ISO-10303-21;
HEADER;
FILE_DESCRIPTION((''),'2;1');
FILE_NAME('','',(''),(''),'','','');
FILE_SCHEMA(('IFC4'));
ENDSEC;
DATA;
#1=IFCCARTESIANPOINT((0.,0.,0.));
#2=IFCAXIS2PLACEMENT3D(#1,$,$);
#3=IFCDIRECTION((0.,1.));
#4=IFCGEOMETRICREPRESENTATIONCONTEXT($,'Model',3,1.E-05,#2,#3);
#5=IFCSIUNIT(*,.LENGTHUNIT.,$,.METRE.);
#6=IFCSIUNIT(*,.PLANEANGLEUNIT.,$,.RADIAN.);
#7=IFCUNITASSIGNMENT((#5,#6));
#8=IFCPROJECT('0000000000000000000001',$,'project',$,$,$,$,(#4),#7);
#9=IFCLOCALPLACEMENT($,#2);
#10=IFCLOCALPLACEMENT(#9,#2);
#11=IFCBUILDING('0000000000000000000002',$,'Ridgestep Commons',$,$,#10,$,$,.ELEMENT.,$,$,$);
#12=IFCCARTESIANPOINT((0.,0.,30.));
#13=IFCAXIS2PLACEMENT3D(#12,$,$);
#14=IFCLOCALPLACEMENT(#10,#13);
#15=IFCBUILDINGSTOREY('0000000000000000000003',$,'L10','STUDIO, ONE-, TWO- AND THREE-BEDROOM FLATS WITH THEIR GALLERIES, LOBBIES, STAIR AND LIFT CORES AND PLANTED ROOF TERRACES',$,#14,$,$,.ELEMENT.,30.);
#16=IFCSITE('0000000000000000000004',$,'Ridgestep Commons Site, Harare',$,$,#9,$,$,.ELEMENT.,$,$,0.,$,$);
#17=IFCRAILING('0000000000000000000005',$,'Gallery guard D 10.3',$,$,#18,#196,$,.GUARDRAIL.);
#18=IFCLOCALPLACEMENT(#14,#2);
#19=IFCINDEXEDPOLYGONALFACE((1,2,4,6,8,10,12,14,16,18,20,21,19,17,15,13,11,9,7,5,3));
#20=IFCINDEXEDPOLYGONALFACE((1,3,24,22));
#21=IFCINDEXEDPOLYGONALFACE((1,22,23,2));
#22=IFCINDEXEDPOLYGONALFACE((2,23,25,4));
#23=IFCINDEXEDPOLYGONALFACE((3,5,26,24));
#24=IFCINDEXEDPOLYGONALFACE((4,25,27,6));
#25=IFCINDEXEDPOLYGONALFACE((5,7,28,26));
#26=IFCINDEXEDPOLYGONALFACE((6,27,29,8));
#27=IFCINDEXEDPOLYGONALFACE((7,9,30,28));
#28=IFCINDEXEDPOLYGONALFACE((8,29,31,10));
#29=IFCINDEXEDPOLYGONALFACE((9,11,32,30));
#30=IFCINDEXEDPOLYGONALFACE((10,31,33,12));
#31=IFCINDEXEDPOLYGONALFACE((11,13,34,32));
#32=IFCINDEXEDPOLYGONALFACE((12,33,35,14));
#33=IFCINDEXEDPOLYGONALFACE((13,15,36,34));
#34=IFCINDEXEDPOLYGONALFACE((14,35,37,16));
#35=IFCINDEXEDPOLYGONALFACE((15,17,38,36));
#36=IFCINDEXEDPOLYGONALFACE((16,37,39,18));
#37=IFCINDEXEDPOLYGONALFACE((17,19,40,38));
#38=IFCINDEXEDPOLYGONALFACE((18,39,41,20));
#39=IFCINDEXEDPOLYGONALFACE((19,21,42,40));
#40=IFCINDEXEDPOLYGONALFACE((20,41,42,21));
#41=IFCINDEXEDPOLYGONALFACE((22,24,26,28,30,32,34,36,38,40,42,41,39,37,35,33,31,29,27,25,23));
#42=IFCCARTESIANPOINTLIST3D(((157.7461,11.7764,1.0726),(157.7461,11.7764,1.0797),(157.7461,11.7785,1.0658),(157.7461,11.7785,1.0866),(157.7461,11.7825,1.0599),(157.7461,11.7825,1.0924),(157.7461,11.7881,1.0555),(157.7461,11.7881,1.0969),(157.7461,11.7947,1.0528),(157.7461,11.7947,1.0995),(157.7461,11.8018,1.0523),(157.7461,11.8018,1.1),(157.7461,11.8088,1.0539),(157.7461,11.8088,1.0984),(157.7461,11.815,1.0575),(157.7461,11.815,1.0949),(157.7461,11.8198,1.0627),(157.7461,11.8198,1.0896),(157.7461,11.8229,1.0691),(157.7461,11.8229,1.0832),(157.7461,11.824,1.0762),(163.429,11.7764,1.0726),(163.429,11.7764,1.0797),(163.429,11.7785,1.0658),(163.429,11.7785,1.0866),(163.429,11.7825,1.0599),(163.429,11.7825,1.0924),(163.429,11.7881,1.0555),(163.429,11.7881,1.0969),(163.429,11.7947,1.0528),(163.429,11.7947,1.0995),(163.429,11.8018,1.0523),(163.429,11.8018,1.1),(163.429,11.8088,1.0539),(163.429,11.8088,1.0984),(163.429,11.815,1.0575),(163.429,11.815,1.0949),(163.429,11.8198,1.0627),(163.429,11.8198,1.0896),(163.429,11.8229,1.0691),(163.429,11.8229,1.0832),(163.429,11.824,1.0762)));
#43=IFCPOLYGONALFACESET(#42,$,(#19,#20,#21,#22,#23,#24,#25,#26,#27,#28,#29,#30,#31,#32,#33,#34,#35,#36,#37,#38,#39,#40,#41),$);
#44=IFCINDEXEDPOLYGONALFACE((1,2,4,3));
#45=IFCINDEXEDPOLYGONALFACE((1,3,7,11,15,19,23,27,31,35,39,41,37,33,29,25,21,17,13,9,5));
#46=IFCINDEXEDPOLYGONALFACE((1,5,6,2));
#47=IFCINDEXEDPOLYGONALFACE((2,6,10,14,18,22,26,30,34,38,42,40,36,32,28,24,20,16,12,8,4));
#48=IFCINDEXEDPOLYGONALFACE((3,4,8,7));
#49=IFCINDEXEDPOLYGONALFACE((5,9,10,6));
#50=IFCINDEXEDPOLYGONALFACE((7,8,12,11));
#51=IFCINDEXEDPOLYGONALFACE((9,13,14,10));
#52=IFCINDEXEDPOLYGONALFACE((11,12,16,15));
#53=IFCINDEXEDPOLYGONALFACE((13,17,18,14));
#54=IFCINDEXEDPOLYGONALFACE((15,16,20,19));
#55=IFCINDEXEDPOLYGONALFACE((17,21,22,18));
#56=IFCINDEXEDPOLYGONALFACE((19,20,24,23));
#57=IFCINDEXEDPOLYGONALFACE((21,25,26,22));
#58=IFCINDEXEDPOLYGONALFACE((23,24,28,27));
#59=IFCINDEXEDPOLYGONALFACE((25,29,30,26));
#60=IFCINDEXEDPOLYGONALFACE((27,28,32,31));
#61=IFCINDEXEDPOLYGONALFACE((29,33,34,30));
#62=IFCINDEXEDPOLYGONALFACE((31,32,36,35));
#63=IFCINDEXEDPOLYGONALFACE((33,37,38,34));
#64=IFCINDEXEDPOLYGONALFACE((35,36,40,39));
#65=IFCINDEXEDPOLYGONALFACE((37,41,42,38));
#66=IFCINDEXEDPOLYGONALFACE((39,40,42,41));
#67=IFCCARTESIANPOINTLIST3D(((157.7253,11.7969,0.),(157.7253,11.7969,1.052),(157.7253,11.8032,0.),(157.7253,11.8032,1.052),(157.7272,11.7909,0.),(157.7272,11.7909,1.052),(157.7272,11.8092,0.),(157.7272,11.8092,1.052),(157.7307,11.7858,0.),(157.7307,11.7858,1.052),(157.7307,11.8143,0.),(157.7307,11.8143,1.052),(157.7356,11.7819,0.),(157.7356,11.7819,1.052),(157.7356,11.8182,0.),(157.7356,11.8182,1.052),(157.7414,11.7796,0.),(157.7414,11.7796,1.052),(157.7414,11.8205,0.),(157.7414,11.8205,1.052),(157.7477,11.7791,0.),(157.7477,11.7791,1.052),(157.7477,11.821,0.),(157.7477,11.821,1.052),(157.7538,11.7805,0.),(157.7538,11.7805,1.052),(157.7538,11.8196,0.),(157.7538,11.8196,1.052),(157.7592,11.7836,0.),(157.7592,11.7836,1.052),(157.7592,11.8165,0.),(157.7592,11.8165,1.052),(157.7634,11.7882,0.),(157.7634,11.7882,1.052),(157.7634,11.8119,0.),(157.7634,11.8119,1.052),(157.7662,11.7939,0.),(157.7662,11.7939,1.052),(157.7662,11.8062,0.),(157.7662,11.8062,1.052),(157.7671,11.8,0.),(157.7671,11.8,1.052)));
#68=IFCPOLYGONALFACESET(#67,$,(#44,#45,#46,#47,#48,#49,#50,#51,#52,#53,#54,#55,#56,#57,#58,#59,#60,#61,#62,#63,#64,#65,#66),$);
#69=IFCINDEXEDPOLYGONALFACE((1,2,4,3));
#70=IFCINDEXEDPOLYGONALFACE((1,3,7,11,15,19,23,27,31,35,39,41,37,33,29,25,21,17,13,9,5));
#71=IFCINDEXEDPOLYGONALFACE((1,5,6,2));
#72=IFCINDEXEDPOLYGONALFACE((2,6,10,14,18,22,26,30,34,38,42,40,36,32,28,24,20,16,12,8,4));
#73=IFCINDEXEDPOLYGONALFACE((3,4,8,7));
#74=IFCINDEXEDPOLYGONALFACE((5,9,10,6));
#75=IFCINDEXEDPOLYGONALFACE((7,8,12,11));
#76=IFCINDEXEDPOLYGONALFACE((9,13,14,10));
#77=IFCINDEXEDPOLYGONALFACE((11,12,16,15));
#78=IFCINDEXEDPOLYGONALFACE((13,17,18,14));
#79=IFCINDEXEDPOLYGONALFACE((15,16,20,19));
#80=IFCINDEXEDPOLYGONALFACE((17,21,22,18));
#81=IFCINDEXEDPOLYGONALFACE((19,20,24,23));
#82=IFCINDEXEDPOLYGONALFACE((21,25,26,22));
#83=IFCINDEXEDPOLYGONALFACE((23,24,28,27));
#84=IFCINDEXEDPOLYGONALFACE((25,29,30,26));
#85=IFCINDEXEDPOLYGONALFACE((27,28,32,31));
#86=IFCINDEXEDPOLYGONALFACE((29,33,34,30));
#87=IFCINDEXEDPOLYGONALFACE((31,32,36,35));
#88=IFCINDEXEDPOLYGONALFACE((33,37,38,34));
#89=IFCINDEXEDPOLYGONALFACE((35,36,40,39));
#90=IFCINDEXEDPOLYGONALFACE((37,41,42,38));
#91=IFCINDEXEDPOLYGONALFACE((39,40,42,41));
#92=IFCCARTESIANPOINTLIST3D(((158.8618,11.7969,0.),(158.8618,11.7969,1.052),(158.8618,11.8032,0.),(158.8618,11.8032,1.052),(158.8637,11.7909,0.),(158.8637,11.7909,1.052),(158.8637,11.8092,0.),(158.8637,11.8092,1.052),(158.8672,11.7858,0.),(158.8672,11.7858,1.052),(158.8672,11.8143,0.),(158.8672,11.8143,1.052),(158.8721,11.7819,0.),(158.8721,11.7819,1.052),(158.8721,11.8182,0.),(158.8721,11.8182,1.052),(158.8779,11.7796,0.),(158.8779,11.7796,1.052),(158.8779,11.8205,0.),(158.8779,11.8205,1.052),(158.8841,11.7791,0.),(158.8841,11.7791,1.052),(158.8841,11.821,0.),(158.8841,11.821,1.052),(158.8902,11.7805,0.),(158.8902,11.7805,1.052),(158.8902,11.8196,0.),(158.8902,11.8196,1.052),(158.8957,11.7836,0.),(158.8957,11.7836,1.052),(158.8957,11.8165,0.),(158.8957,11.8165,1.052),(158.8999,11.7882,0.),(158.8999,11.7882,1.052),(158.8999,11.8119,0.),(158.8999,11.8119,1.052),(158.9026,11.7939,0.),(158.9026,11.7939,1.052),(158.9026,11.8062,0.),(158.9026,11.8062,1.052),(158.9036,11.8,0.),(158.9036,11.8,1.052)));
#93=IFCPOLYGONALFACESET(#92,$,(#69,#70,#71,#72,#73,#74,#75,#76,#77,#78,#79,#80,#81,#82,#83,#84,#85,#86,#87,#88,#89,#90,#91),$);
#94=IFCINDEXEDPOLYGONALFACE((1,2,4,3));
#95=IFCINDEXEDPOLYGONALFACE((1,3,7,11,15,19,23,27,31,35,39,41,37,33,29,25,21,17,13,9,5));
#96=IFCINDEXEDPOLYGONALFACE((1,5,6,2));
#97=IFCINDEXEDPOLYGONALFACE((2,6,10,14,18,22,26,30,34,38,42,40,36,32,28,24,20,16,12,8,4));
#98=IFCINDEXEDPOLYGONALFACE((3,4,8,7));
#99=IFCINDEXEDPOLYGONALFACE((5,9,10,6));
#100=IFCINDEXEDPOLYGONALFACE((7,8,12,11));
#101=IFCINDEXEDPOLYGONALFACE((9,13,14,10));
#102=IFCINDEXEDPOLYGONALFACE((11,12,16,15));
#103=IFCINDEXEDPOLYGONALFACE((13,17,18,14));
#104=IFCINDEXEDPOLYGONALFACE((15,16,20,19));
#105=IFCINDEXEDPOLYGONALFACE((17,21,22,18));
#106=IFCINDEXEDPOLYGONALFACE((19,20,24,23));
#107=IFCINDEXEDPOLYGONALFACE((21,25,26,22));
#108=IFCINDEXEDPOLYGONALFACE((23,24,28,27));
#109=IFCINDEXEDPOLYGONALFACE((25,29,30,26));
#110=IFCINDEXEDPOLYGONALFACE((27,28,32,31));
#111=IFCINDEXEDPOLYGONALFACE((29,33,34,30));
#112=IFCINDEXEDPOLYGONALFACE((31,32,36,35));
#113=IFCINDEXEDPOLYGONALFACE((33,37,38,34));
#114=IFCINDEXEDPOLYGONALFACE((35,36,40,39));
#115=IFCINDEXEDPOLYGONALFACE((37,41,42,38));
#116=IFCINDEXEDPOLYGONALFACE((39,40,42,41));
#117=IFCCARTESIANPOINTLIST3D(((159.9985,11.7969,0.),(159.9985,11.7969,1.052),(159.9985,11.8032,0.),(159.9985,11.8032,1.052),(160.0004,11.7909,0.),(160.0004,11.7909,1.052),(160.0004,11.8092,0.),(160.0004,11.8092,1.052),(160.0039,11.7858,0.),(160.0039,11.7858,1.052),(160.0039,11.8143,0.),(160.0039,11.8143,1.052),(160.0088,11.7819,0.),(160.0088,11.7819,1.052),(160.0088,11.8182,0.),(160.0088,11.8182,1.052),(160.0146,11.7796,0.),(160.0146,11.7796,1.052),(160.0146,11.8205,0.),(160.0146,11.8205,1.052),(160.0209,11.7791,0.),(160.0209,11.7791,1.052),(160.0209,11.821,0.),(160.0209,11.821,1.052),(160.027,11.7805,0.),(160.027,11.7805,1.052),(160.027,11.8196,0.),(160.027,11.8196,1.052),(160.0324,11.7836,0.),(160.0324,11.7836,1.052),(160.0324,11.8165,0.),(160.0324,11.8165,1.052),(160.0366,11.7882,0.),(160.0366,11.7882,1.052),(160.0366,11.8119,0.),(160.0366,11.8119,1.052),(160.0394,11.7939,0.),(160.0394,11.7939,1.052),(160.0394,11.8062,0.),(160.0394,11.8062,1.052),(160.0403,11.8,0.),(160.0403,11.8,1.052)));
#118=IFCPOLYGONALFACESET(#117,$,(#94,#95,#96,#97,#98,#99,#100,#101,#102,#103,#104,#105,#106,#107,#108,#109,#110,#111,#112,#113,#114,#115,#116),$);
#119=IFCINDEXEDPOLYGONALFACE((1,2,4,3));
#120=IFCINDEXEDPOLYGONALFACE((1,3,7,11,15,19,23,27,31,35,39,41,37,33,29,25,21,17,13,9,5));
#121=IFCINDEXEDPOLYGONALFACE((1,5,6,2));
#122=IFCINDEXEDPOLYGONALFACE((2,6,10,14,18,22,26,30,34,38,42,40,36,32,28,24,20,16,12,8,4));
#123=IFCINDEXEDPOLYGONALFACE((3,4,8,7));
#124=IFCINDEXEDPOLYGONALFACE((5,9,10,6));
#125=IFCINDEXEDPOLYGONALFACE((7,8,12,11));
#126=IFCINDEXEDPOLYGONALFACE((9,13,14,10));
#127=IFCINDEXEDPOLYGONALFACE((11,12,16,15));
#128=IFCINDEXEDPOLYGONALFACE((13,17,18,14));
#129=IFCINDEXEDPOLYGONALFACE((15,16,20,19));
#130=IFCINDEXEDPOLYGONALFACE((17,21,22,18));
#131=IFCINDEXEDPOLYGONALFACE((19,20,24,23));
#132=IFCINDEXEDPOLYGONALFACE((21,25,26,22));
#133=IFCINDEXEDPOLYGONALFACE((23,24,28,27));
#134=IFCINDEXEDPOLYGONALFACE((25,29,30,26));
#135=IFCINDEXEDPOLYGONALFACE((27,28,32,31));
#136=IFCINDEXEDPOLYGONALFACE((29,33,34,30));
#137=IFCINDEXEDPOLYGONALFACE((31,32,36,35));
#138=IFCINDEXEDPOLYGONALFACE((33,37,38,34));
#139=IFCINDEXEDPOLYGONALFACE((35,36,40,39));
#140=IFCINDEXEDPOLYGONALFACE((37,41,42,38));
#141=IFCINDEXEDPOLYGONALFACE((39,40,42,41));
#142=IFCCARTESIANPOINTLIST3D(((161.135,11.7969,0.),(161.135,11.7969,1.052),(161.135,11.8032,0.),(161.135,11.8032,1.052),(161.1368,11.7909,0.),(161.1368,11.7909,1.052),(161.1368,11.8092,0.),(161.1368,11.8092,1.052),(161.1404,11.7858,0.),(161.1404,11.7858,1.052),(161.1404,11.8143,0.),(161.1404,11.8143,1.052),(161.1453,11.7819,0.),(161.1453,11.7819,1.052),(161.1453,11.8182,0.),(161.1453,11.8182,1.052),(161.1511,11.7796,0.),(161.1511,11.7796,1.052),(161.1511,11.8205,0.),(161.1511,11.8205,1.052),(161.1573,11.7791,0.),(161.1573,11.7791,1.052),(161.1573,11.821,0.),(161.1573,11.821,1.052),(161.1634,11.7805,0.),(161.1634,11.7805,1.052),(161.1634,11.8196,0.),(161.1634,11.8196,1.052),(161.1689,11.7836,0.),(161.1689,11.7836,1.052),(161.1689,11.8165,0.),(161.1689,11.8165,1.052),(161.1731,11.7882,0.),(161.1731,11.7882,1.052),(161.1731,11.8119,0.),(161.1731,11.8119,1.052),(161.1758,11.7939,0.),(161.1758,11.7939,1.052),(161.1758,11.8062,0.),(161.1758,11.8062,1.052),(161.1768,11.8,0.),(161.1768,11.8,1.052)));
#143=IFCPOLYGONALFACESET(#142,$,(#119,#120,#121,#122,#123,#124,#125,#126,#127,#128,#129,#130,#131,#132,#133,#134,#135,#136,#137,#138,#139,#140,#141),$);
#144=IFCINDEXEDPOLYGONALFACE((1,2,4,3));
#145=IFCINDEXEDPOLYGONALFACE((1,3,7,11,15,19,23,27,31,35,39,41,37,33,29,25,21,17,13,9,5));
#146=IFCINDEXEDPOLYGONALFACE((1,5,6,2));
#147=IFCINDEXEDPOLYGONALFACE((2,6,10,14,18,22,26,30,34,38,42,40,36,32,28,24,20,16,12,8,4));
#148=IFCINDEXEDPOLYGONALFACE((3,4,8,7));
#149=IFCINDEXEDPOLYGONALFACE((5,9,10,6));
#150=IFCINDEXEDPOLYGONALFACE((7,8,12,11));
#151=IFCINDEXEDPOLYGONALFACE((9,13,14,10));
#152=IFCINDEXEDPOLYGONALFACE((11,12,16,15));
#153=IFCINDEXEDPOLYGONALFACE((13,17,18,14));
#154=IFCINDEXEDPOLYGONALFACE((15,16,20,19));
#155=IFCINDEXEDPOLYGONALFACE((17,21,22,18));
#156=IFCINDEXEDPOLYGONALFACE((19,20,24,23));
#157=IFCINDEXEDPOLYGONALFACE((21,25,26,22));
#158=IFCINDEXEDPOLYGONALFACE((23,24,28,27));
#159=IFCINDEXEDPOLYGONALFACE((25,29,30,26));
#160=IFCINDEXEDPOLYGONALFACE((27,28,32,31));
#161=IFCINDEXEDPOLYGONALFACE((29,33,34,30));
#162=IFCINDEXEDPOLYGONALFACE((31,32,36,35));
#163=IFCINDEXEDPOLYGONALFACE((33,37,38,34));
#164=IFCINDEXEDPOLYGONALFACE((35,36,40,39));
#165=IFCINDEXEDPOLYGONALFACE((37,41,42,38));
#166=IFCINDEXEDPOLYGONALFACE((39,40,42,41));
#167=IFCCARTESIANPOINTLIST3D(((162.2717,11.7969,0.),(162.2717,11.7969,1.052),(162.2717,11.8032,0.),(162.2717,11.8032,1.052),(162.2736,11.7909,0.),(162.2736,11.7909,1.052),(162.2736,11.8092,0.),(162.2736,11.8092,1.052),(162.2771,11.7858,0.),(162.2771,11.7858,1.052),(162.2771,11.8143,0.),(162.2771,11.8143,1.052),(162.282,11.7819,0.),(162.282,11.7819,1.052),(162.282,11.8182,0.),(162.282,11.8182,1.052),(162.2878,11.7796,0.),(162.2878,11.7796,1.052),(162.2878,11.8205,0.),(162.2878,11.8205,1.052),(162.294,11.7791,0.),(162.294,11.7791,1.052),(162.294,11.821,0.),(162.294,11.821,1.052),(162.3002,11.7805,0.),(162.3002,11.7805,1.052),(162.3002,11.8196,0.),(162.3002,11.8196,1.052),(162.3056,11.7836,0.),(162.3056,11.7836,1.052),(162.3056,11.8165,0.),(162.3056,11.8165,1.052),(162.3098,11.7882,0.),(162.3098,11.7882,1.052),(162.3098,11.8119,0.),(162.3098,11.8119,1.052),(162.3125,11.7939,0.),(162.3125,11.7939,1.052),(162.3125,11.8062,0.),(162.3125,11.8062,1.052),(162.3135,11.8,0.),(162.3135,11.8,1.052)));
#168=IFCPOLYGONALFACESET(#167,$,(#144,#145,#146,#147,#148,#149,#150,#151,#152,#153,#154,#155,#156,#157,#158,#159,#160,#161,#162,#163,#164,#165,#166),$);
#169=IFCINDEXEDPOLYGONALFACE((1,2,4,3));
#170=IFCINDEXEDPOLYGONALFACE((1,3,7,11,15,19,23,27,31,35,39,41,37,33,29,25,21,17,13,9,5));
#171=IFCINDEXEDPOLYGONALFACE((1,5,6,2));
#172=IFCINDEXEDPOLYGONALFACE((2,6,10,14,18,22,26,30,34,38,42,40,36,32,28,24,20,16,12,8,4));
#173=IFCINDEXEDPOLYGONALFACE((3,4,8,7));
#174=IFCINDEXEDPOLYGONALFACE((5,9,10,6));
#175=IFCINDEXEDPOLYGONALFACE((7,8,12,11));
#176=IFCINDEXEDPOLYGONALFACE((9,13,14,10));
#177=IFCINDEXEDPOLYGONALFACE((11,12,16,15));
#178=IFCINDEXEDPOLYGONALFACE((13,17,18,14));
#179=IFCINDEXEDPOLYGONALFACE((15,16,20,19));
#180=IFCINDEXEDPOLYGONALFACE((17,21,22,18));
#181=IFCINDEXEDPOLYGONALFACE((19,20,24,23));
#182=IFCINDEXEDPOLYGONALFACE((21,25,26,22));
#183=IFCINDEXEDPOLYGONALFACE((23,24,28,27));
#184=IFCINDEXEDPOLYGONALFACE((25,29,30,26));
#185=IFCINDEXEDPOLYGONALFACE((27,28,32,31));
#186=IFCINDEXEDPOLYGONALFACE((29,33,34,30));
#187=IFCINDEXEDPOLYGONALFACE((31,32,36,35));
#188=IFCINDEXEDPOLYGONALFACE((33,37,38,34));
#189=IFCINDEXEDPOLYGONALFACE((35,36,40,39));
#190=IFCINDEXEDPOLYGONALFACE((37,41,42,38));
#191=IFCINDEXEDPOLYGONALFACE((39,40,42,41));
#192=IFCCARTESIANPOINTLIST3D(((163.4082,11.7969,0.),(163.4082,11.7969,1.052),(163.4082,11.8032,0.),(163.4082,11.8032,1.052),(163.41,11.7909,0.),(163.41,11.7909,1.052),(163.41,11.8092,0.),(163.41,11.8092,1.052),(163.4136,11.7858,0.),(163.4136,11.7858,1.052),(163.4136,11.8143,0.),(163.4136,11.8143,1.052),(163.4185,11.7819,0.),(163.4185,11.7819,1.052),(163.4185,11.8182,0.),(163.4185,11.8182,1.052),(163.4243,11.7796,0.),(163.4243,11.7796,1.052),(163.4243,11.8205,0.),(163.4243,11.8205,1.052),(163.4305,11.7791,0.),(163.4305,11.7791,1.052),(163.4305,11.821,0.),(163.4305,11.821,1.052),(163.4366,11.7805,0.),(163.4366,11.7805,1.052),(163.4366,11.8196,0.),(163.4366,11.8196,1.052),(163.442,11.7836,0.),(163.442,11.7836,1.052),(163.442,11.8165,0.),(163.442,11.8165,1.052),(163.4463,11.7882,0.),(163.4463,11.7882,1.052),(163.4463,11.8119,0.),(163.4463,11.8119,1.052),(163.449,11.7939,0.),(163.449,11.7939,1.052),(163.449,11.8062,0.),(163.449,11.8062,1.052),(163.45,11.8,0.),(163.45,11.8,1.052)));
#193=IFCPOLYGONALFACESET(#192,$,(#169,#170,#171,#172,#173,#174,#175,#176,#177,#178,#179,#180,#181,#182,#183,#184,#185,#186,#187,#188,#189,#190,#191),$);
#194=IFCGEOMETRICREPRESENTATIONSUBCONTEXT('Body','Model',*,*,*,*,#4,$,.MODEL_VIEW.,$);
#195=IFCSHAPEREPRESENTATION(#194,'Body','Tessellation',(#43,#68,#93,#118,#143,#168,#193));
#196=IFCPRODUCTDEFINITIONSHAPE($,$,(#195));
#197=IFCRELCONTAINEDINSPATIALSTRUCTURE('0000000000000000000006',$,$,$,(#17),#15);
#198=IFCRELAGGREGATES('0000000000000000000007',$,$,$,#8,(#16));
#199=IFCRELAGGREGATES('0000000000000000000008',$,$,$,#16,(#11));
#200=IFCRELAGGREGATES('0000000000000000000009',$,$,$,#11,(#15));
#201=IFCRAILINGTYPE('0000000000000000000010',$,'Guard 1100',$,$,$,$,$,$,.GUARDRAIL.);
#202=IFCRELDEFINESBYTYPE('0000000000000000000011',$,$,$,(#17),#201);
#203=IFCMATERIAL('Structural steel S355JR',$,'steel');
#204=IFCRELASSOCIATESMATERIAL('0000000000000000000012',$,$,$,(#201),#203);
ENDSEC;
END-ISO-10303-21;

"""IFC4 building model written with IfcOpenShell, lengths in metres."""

from ifc_helpers import new_model, si_unit, direction, frame, origin, origin_2d, place, context, subcontext, project, spatial, circle, extrude, material, type_object, element, save


model = new_model("IFC4")

# Units and contexts
model_context = context("Model", 3, precision=1e-05, world=origin(), true_north=direction((0.0, 1.0)))
body_context = subcontext(model_context, "Body", "Model", "MODEL_VIEW")
ifc_project = project(units=[si_unit("LENGTHUNIT", "METRE"), si_unit("PLANEANGLEUNIT", "RADIAN")], contexts=[model_context])

# Site, building, storey
site_placement = place(None, origin())
site = spatial("IfcSite", under=ifc_project, at=site_placement, Name="Ridgestep Commons Site, Harare", CompositionType="ELEMENT", RefElevation=0.0)
building_placement = place(site_placement, origin())
building = spatial("IfcBuilding", under=site, at=building_placement, Name="Ridgestep Commons", CompositionType="ELEMENT")
storey_placement = place(building_placement, frame((0.0, 0.0, 30.0)))
storey = spatial("IfcBuildingStorey", under=building, at=storey_placement, Name="L10", Description="STUDIO, ONE-, TWO- AND THREE-BEDROOM FLATS WITH THEIR GALLERIES, LOBBIES, STAIR AND LIFT CORES AND PLANTED ROOF TERRACES", CompositionType="ELEMENT", Elevation=30.0)

# Railing
ifc_material_1 = material(Name="Structural steel S355JR", Category="steel")
railing_type_1 = type_object("IfcRailingType", Name="Guard 1100", PredefinedType="GUARDRAIL", material=ifc_material_1)
railing_1_placement = place(storey_placement, frame((157.7461, 11.8, 0.0)))
element("IfcRailing", 1, at=railing_1_placement, inside=storey, type_object=railing_type_1, Name="Gallery guard D 10.3", PredefinedType="GUARDRAIL", context=body_context, shape_type="SweptSolid", body=[
    extrude(circle(Radius=0.0239, at=origin_2d()), frame((0.0, 0.0, 1.0762), z_axis=(1.0, 0.0, 0.0), x_axis=(0.0, 1.0, 0.0)), (0.0, 0.0, 1.0), 5.6829),
    extrude(circle(Radius=0.021, at=origin_2d()), origin(), (0.0, 0.0, 1.0), 1.052),
    extrude(circle(Radius=0.021, at=origin_2d()), frame((1.1365, 0.0, 0.0)), (0.0, 0.0, 1.0), 1.052),
    extrude(circle(Radius=0.021, at=origin_2d()), frame((2.2732, 0.0, 0.0)), (0.0, 0.0, 1.0), 1.052),
    extrude(circle(Radius=0.021, at=origin_2d()), frame((3.4097, 0.0, 0.0)), (0.0, 0.0, 1.0), 1.052),
    extrude(circle(Radius=0.021, at=origin_2d()), frame((4.5464, 0.0, 0.0)), (0.0, 0.0, 1.0), 1.052),
    extrude(circle(Radius=0.021, at=origin_2d()), frame((5.6829, 0.0, 0.0)), (0.0, 0.0, 1.0), 1.052),
])

save(model, "model.ifc")
